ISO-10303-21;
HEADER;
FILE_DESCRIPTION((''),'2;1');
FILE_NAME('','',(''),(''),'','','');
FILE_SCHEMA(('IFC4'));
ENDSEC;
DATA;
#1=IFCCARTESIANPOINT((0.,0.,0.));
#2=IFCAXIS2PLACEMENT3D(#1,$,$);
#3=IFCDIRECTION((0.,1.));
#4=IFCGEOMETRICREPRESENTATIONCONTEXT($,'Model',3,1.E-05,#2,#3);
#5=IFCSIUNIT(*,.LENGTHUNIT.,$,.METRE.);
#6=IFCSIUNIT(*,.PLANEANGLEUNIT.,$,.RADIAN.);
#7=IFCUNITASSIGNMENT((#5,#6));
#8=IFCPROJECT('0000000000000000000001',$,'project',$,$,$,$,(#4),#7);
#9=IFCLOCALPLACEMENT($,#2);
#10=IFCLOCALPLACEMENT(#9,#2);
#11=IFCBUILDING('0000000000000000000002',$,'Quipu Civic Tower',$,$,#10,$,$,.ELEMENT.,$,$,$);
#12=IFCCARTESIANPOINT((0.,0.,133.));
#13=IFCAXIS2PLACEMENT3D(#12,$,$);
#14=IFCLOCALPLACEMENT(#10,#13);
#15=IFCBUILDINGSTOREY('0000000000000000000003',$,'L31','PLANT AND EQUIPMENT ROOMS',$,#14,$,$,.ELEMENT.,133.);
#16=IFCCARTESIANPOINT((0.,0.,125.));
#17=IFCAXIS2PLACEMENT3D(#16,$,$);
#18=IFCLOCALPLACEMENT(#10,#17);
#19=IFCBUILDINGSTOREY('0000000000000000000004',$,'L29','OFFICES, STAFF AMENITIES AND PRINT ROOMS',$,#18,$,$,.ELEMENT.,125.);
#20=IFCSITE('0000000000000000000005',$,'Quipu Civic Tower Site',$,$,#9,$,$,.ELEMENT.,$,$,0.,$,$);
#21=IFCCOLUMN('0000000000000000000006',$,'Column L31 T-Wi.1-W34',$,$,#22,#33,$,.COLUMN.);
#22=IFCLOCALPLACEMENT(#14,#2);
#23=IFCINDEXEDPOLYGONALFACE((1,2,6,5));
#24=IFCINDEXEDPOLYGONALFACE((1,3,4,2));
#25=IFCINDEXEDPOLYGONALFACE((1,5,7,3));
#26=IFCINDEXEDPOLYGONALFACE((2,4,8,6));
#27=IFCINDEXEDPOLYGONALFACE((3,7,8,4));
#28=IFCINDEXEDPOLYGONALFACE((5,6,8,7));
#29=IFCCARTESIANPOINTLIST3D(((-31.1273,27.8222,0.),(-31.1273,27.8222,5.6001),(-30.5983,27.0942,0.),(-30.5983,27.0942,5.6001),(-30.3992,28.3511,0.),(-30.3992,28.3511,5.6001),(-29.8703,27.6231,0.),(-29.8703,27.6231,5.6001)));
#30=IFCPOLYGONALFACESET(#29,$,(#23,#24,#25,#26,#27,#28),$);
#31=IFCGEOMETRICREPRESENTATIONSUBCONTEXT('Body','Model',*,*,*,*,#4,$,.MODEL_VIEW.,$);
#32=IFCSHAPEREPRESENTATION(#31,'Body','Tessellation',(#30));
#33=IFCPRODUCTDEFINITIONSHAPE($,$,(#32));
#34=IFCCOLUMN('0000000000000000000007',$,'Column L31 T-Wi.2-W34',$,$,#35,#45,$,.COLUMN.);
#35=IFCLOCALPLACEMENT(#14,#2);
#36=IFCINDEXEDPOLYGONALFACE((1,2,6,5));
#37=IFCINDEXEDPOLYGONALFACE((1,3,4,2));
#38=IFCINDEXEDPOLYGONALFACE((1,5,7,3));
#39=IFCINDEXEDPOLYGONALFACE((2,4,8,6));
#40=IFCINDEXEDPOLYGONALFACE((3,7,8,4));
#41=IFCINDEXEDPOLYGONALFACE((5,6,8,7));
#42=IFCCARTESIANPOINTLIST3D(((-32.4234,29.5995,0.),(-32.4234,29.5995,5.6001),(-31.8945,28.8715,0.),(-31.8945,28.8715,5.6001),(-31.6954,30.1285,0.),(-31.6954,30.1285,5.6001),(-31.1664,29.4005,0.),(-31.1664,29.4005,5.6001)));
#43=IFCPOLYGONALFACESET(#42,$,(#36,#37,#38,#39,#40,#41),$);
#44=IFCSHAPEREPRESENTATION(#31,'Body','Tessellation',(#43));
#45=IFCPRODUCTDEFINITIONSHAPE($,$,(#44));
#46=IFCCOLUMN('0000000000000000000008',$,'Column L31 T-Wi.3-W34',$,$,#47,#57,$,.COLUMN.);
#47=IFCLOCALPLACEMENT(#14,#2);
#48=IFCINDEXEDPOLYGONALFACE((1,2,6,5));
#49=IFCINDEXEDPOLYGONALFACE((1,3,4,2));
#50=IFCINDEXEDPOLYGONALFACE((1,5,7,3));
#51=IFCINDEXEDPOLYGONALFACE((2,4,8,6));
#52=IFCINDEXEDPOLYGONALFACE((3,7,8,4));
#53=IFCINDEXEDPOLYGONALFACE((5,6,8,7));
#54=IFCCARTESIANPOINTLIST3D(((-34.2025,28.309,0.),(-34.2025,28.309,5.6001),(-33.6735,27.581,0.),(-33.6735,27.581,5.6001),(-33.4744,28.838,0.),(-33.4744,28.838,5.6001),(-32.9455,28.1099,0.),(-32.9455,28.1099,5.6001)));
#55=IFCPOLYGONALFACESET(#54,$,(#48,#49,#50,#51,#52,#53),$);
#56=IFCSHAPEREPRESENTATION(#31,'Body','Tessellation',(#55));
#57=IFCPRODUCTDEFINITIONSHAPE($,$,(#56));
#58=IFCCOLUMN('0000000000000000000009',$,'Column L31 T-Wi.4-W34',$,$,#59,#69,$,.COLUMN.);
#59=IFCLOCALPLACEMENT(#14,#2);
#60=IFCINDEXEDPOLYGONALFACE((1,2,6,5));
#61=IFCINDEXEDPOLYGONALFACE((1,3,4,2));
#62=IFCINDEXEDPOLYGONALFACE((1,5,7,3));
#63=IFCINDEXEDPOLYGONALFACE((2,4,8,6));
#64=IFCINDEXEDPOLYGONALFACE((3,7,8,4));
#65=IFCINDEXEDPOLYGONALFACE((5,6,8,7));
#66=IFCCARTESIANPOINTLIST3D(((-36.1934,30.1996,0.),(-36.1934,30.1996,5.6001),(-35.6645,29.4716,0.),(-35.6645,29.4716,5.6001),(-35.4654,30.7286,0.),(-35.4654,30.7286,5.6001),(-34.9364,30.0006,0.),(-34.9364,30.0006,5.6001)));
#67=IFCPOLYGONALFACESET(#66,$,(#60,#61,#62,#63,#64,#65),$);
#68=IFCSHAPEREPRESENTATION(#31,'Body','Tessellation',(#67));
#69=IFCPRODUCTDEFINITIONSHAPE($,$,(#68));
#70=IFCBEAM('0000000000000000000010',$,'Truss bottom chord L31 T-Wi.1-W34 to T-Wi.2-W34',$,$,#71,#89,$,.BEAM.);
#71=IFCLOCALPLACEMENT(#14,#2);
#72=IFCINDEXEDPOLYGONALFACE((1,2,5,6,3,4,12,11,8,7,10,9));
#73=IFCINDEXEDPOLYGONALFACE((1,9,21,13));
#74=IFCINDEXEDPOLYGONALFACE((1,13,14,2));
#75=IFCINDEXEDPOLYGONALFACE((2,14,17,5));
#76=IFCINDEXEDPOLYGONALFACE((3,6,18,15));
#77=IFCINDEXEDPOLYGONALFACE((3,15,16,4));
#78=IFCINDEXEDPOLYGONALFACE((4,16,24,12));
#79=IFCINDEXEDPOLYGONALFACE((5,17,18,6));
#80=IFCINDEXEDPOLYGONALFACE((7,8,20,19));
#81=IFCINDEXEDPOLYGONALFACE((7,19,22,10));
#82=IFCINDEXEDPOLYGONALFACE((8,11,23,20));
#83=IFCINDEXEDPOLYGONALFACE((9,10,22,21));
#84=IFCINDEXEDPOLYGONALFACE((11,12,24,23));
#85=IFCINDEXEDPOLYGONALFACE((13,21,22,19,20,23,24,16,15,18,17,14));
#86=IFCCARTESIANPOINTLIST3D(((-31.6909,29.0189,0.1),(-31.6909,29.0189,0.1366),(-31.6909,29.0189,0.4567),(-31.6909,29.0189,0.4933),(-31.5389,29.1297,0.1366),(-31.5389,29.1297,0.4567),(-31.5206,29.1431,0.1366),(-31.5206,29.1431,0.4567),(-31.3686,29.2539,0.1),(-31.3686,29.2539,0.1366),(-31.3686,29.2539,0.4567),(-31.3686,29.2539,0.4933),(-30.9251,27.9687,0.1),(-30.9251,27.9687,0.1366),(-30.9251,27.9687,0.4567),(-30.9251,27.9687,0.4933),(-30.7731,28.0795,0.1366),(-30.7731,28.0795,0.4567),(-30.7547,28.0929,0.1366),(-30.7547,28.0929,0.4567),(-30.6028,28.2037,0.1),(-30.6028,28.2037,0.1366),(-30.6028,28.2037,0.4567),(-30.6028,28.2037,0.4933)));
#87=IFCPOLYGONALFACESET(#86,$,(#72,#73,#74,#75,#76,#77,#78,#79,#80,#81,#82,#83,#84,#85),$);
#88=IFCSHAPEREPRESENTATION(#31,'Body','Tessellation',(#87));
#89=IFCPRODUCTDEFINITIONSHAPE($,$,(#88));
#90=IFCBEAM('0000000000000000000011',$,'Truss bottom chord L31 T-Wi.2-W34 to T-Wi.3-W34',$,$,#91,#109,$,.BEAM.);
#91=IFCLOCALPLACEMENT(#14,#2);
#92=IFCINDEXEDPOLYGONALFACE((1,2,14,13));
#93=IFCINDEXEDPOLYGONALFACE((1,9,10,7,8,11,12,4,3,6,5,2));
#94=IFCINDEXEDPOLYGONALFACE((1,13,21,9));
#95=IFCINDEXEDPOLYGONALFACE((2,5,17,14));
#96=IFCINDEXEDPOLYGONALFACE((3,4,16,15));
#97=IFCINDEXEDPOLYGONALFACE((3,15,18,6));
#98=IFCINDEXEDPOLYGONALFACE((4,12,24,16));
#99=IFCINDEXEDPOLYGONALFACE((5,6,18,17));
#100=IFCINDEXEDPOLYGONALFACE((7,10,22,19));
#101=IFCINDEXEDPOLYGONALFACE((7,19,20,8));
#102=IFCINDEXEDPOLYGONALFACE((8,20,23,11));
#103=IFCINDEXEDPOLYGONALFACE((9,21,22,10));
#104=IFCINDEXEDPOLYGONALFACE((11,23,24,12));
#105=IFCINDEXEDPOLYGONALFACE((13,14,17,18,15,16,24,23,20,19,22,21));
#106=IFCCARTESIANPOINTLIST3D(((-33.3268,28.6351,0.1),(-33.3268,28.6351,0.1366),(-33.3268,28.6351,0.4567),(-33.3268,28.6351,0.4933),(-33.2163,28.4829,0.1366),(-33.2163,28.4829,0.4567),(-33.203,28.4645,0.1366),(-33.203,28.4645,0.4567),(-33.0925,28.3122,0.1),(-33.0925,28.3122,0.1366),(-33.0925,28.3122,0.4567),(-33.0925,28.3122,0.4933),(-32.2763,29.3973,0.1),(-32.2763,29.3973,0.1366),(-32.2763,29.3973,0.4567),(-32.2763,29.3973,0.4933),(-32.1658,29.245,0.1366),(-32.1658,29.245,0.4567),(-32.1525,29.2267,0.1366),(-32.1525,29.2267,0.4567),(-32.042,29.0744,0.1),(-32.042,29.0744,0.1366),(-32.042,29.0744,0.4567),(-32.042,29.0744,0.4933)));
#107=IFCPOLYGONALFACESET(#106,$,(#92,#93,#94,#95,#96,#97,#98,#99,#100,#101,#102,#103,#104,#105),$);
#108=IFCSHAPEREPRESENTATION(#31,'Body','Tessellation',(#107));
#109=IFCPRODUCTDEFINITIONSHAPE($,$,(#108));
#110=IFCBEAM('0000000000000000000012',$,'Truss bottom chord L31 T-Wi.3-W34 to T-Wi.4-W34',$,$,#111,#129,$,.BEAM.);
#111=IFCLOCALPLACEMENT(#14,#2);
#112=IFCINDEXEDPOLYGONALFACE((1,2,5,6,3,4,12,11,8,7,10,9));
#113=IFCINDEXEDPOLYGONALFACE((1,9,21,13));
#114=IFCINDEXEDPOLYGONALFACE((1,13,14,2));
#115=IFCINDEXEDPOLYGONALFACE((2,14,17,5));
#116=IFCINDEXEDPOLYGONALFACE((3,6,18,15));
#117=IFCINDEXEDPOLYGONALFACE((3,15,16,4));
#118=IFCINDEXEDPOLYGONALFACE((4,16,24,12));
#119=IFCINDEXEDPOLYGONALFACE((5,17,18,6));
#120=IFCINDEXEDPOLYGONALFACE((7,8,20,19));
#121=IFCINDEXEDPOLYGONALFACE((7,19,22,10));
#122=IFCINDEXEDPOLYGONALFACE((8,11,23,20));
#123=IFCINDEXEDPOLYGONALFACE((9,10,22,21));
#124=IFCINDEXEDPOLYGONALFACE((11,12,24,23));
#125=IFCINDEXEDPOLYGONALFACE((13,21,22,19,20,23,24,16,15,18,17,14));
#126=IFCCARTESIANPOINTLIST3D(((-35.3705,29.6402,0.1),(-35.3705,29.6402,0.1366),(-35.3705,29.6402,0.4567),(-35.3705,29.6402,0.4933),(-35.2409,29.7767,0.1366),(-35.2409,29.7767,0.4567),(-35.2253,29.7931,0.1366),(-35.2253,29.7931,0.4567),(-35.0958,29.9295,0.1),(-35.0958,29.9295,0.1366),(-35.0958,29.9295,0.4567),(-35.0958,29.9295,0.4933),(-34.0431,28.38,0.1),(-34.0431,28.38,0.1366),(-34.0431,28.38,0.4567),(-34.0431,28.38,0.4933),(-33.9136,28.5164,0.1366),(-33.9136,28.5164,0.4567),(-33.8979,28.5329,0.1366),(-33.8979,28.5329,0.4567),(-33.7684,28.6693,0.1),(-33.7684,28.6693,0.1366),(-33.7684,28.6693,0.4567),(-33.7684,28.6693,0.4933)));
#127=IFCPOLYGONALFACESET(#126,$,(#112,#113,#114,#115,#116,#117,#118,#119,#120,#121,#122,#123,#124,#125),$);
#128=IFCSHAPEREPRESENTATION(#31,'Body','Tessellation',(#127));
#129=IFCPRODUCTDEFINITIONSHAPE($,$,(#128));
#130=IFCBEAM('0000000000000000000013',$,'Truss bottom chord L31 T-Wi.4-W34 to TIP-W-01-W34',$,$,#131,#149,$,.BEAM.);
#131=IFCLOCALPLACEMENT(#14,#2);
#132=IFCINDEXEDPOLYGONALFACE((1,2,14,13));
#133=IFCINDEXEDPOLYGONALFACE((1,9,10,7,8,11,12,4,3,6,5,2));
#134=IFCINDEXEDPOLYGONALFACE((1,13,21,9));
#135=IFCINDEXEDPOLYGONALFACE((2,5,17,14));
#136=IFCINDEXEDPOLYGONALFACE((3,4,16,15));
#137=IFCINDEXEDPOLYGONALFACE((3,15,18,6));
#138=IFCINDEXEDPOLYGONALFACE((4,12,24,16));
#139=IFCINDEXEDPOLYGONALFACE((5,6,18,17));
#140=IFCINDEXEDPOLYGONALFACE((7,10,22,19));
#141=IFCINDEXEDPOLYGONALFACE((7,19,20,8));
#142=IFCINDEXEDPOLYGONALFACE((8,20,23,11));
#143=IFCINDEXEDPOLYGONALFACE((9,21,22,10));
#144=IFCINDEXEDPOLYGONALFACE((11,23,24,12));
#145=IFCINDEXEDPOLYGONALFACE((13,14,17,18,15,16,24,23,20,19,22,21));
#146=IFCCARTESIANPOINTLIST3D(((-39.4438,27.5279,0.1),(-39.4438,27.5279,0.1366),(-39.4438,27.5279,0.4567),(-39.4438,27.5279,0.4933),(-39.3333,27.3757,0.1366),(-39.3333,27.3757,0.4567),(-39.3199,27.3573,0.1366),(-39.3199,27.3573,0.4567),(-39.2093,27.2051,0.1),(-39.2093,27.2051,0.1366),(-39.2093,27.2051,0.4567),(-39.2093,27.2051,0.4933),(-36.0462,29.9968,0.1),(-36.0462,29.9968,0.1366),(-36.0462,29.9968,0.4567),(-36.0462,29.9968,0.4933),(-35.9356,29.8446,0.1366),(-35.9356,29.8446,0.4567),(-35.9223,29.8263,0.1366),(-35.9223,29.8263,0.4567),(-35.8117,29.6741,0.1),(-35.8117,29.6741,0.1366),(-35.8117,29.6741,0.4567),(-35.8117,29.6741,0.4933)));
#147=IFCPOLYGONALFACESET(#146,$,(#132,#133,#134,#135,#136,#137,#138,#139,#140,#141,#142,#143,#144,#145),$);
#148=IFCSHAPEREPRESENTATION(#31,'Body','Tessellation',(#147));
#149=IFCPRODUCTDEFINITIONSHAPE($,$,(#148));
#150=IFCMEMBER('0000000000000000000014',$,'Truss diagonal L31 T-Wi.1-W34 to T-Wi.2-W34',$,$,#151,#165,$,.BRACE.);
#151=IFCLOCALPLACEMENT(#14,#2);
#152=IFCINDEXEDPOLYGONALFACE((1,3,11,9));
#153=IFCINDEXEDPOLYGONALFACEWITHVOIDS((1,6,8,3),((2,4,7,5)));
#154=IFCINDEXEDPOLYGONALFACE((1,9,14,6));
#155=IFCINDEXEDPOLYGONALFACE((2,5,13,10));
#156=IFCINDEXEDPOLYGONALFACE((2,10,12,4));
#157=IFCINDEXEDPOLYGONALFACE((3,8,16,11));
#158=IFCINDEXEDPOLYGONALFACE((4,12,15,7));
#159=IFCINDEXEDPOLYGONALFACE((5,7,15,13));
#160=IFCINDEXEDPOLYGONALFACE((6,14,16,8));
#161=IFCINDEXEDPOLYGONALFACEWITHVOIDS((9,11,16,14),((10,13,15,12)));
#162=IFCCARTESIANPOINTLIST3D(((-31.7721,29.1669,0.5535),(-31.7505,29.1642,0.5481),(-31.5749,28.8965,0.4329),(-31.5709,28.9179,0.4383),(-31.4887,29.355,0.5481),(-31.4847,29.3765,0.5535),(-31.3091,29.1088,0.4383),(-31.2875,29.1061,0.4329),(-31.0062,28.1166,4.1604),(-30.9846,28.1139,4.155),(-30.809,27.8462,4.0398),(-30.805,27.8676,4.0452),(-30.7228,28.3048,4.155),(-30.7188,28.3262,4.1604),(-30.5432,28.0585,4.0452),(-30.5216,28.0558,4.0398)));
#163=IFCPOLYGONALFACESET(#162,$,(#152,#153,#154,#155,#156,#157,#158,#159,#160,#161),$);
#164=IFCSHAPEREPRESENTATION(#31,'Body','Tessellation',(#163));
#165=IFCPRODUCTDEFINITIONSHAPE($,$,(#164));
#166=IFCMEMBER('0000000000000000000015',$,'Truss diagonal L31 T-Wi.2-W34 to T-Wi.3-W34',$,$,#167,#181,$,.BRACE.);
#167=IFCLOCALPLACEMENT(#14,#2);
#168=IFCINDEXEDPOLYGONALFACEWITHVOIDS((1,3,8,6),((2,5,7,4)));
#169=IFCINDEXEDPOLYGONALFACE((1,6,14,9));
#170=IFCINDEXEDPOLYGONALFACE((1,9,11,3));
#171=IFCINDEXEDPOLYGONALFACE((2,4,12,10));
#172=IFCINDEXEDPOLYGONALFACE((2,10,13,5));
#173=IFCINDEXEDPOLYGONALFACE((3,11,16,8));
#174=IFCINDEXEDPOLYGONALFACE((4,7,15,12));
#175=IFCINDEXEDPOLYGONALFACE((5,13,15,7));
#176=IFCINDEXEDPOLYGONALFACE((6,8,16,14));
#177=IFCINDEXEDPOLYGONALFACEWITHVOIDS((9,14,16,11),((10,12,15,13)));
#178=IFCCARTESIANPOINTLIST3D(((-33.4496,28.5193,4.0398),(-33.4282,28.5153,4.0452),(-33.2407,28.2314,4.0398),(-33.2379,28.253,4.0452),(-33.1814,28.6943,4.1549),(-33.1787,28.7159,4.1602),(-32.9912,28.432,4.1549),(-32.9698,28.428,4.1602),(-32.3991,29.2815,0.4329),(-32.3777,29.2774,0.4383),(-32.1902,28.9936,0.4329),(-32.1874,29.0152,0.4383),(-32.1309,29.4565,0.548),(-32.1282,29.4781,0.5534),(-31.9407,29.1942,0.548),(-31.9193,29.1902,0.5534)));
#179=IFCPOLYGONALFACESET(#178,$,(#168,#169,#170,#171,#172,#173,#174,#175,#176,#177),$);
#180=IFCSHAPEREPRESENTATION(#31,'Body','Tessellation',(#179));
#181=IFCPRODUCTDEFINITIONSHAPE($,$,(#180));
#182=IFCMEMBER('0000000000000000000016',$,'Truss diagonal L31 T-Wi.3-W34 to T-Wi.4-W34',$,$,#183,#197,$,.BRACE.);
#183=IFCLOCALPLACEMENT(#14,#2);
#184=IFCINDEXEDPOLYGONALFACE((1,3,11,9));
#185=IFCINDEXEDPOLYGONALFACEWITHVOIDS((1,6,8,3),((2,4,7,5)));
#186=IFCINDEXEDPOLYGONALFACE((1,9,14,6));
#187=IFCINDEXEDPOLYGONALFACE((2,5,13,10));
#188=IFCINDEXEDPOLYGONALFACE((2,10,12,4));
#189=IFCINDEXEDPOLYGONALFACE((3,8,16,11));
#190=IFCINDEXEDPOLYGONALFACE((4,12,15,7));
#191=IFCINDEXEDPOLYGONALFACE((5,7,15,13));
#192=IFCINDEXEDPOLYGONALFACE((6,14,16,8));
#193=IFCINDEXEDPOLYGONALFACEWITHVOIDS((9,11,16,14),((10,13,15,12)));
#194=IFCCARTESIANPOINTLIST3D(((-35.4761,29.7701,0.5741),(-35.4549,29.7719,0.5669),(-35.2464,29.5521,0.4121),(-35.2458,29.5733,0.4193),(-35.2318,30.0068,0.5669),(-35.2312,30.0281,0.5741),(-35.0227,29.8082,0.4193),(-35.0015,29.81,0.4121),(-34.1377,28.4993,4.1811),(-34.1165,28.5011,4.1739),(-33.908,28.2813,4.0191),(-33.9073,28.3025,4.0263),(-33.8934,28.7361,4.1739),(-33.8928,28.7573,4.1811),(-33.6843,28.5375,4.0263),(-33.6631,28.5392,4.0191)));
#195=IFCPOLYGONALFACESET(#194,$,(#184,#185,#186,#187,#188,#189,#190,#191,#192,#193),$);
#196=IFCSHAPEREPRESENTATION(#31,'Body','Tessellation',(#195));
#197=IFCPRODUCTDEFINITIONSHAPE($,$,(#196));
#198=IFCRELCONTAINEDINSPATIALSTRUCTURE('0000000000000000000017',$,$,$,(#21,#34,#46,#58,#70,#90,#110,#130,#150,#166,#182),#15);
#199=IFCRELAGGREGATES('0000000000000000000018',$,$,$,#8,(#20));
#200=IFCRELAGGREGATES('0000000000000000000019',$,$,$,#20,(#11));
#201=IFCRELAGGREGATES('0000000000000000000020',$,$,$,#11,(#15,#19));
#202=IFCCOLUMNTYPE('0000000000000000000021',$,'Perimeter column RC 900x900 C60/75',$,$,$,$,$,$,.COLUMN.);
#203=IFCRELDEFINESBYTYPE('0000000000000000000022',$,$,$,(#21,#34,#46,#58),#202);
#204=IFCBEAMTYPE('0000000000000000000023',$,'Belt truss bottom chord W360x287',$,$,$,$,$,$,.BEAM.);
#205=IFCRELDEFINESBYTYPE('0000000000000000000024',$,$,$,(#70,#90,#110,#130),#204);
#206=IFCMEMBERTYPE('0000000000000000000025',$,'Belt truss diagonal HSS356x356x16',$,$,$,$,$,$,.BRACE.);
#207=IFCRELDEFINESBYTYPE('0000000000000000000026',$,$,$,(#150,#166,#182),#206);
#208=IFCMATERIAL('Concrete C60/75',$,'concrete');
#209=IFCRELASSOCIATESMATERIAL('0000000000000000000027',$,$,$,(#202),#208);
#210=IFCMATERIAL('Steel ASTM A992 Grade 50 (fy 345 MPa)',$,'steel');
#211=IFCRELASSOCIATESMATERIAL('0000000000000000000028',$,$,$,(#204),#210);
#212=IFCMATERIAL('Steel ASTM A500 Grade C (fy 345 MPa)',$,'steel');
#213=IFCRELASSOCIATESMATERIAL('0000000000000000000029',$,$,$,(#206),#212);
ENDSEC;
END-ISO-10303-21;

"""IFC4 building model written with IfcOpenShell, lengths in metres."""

from ifc_helpers import new_model, si_unit, direction, frame, origin, origin_2d, place, context, subcontext, project, spatial, rectangle, hollow_rectangle, i_section, extrude, material, material_profile, profile_set, type_object, element, save


model = new_model("IFC4")

# Units and contexts
model_context = context("Model", 3, precision=1e-05, world=origin(), true_north=direction((0.0, 1.0)))
body_context = subcontext(model_context, "Body", "Model", "MODEL_VIEW")
ifc_project = project(units=[si_unit("LENGTHUNIT", "METRE"), si_unit("PLANEANGLEUNIT", "RADIAN")], contexts=[model_context])

# Site, building, storey
site_placement = place(None, origin())
site = spatial("IfcSite", under=ifc_project, at=site_placement, Name="Quipu Civic Tower Site", CompositionType="ELEMENT", RefElevation=0.0)
building_placement = place(site_placement, origin())
building = spatial("IfcBuilding", under=site, at=building_placement, Name="Quipu Civic Tower", CompositionType="ELEMENT")
storey_1_placement = place(building_placement, frame((0.0, 0.0, 133.0)))
storey_1 = spatial("IfcBuildingStorey", under=building, at=storey_1_placement, Name="L31", Description="PLANT AND EQUIPMENT ROOMS", CompositionType="ELEMENT", Elevation=133.0)

# Columns
ifc_material_1 = material(Name="Concrete C60/75", Category="concrete")
ifc_material_profile_1 = material_profile(ifc_material_1, rectangle(XDim=0.8999, YDim=0.8999, at=origin_2d()), Name="RC900x900")
ifc_profile_set_1 = profile_set([ifc_material_profile_1], Name="Concrete C60/75")
column_type = type_object("IfcColumnType", Name="Perimeter column RC 900x900 C60/75", PredefinedType="COLUMN", material=ifc_profile_set_1)
for number, where, z_axis, x_axis, name in (
    (1, (-30.4988, 27.7227, 0.0), (0.0, 0.0, 1.0), (-0.809017, -0.587785, 0.0), "Column L31 T-Wi.1-W34"),
    (2, (-31.7949, 29.5, 0.0), (0.0, 0.0, 1.0), (-0.587785, 0.809017, 0.0), "Column L31 T-Wi.2-W34"),
    (3, (-33.574, 28.2095, 0.0), (0.0, 0.0, 1.0), (-0.587785, 0.809017, 0.0), "Column L31 T-Wi.3-W34"),
    (4, (-35.5649, 30.1001, 0.0), (0.0, 0.0, 1.0), (-0.809017, -0.587785, 0.0), "Column L31 T-Wi.4-W34"),
):
    element("IfcColumn", number, at=place(storey_1_placement, frame(where, z_axis=z_axis, x_axis=x_axis)), inside=storey_1, type_object=column_type, Name=name, PredefinedType="COLUMN", context=body_context, shape_type="SweptSolid", body=[
        extrude(rectangle(XDim=0.8999, YDim=0.8999, at=origin_2d()), origin(), (0.0, 0.0, 1.0), 5.6001),
    ])

# Beams
ifc_material_2 = material(Name="Steel ASTM A992 Grade 50 (fy 345 MPa)", Category="steel")
ifc_material_profile_2 = material_profile(ifc_material_2, i_section(OverallWidth=0.3989, OverallDepth=0.3933, WebThickness=0.0227, FlangeThickness=0.0366, at=origin_2d()), Name="W360x287")
ifc_profile_set_2 = profile_set([ifc_material_profile_2], Name="Steel ASTM A992 Grade 50 (fy 345 MPa)")
beam_type_1 = type_object("IfcBeamType", Name="Belt truss bottom chord W360x287", PredefinedType="BEAM", material=ifc_profile_set_2)
beam_1_placement = place(storey_1_placement, frame((-30.7639, 28.0862, 0.2966), z_axis=(-0.589187, 0.807996, 0.0), x_axis=(-0.807996, -0.589187, 0.0)))
element("IfcBeam", 5, at=beam_1_placement, inside=storey_1, type_object=beam_type_1, Name="Truss bottom chord L31 T-Wi.1-W34 to T-Wi.2-W34", PredefinedType="BEAM", context=body_context, shape_type="SweptSolid", body=[
    extrude(i_section(OverallWidth=0.3989, OverallDepth=0.3933, WebThickness=0.0227, FlangeThickness=0.0366, at=origin_2d()), origin(), (0.0, 0.0, 1.0), 1.2998),
])
beam_2_placement = place(storey_1_placement, frame((-32.1592, 29.2358, 0.2966), z_axis=(-0.809403, -0.587254, 0.0), x_axis=(0.587254, -0.809403, 0.0)))
element("IfcBeam", 6, at=beam_2_placement, inside=storey_1, type_object=beam_type_1, Name="Truss bottom chord L31 T-Wi.2-W34 to T-Wi.3-W34", PredefinedType="BEAM", context=body_context, shape_type="SweptSolid", body=[
    extrude(i_section(OverallWidth=0.3989, OverallDepth=0.3933, WebThickness=0.0227, FlangeThickness=0.0366, at=origin_2d()), origin(), (0.0, 0.0, 1.0), 1.2979),
])
beam_3_placement = place(storey_1_placement, frame((-33.9058, 28.5247, 0.2966), z_axis=(-0.725209, 0.688529, 0.0), x_axis=(-0.688529, -0.725209, 0.0)))
element("IfcBeam", 7, at=beam_3_placement, inside=storey_1, type_object=beam_type_1, Name="Truss bottom chord L31 T-Wi.3-W34 to T-Wi.4-W34", PredefinedType="BEAM", context=body_context, shape_type="SweptSolid", body=[
    extrude(i_section(OverallWidth=0.3989, OverallDepth=0.3933, WebThickness=0.0227, FlangeThickness=0.0366, at=origin_2d()), origin(), (0.0, 0.0, 1.0), 1.8303),
])
beam_4_placement = place(storey_1_placement, frame((-35.929, 29.8354, 0.2966), z_axis=(-0.80897, -0.58785, 0.0), x_axis=(0.58785, -0.80897, 0.0)))
element("IfcBeam", 8, at=beam_4_placement, inside=storey_1, type_object=beam_type_1, Name="Truss bottom chord L31 T-Wi.4-W34 to TIP-W-01-W34", PredefinedType="BEAM", context=body_context, shape_type="SweptSolid", body=[
    extrude(i_section(OverallWidth=0.3989, OverallDepth=0.3933, WebThickness=0.0227, FlangeThickness=0.0366, at=origin_2d()), origin(), (0.0, 0.0, 1.0), 4.2),
])

# Members
ifc_material_3 = material(Name="Steel ASTM A500 Grade C (fy 345 MPa)", Category="steel")
ifc_material_profile_3 = material_profile(ifc_material_3, hollow_rectangle(XDim=0.3557, YDim=0.3557, WallThickness=0.0159, at=origin_2d()), Name="HSS356x356x16")
ifc_profile_set_3 = profile_set([ifc_material_profile_3], Name="Steel ASTM A500 Grade C (fy 345 MPa)")
member_type_1 = type_object("IfcMemberType", Name="Belt truss diagonal HSS356x356x16", PredefinedType="BRACE", material=ifc_profile_set_3)
member_1_placement = place(storey_1_placement, frame((-30.7639, 28.0862, 4.1001), z_axis=(-0.199757, 0.273941, -0.940773), x_axis=(-0.807996, -0.589187, 0.0)))
element("IfcMember", 9, at=member_1_placement, inside=storey_1, type_object=member_type_1, Name="Truss diagonal L31 T-Wi.1-W34 to T-Wi.2-W34", PredefinedType="BRACE", context=body_context, shape_type="SweptSolid", body=[
    extrude(hollow_rectangle(XDim=0.3557, YDim=0.3557, WallThickness=0.0159, at=origin_2d()), origin(), (0.0, 0.0, 1.0), 3.834),
])
member_2_placement = place(storey_1_placement, frame((-32.1592, 29.2358, 0.4932), z_axis=(-0.274052, -0.198836, 0.940936), x_axis=(0.587254, -0.809403, 0.0)))
element("IfcMember", 10, at=member_2_placement, inside=storey_1, type_object=member_type_1, Name="Truss diagonal L31 T-Wi.2-W34 to T-Wi.3-W34", PredefinedType="BRACE", context=body_context, shape_type="SweptSolid", body=[
    extrude(hollow_rectangle(XDim=0.3557, YDim=0.3557, WallThickness=0.0159, at=origin_2d()), origin(), (0.0, 0.0, 1.0), 3.8333),
])
member_3_placement = place(storey_1_placement, frame((-33.9004, 28.5193, 4.1001), z_axis=(-0.330328, 0.313637, -0.890234), x_axis=(-0.688548, -0.725191, 0.0)))
element("IfcMember", 11, at=member_3_placement, inside=storey_1, type_object=member_type_1, Name="Truss diagonal L31 T-Wi.3-W34 to T-Wi.4-W34", PredefinedType="BRACE", context=body_context, shape_type="SweptSolid", body=[
    extrude(hollow_rectangle(XDim=0.3557, YDim=0.3557, WallThickness=0.0159, at=origin_2d()), origin(), (0.0, 0.0, 1.0), 4.0518),
])

# Shared definitions
storey_2_placement = place(building_placement, frame((0.0, 0.0, 125.0)))
storey_2 = spatial("IfcBuildingStorey", under=building, at=storey_2_placement, Name="L29", Description="OFFICES, STAFF AMENITIES AND PRINT ROOMS", CompositionType="ELEMENT", Elevation=125.0)

save(model, "model.ifc")
